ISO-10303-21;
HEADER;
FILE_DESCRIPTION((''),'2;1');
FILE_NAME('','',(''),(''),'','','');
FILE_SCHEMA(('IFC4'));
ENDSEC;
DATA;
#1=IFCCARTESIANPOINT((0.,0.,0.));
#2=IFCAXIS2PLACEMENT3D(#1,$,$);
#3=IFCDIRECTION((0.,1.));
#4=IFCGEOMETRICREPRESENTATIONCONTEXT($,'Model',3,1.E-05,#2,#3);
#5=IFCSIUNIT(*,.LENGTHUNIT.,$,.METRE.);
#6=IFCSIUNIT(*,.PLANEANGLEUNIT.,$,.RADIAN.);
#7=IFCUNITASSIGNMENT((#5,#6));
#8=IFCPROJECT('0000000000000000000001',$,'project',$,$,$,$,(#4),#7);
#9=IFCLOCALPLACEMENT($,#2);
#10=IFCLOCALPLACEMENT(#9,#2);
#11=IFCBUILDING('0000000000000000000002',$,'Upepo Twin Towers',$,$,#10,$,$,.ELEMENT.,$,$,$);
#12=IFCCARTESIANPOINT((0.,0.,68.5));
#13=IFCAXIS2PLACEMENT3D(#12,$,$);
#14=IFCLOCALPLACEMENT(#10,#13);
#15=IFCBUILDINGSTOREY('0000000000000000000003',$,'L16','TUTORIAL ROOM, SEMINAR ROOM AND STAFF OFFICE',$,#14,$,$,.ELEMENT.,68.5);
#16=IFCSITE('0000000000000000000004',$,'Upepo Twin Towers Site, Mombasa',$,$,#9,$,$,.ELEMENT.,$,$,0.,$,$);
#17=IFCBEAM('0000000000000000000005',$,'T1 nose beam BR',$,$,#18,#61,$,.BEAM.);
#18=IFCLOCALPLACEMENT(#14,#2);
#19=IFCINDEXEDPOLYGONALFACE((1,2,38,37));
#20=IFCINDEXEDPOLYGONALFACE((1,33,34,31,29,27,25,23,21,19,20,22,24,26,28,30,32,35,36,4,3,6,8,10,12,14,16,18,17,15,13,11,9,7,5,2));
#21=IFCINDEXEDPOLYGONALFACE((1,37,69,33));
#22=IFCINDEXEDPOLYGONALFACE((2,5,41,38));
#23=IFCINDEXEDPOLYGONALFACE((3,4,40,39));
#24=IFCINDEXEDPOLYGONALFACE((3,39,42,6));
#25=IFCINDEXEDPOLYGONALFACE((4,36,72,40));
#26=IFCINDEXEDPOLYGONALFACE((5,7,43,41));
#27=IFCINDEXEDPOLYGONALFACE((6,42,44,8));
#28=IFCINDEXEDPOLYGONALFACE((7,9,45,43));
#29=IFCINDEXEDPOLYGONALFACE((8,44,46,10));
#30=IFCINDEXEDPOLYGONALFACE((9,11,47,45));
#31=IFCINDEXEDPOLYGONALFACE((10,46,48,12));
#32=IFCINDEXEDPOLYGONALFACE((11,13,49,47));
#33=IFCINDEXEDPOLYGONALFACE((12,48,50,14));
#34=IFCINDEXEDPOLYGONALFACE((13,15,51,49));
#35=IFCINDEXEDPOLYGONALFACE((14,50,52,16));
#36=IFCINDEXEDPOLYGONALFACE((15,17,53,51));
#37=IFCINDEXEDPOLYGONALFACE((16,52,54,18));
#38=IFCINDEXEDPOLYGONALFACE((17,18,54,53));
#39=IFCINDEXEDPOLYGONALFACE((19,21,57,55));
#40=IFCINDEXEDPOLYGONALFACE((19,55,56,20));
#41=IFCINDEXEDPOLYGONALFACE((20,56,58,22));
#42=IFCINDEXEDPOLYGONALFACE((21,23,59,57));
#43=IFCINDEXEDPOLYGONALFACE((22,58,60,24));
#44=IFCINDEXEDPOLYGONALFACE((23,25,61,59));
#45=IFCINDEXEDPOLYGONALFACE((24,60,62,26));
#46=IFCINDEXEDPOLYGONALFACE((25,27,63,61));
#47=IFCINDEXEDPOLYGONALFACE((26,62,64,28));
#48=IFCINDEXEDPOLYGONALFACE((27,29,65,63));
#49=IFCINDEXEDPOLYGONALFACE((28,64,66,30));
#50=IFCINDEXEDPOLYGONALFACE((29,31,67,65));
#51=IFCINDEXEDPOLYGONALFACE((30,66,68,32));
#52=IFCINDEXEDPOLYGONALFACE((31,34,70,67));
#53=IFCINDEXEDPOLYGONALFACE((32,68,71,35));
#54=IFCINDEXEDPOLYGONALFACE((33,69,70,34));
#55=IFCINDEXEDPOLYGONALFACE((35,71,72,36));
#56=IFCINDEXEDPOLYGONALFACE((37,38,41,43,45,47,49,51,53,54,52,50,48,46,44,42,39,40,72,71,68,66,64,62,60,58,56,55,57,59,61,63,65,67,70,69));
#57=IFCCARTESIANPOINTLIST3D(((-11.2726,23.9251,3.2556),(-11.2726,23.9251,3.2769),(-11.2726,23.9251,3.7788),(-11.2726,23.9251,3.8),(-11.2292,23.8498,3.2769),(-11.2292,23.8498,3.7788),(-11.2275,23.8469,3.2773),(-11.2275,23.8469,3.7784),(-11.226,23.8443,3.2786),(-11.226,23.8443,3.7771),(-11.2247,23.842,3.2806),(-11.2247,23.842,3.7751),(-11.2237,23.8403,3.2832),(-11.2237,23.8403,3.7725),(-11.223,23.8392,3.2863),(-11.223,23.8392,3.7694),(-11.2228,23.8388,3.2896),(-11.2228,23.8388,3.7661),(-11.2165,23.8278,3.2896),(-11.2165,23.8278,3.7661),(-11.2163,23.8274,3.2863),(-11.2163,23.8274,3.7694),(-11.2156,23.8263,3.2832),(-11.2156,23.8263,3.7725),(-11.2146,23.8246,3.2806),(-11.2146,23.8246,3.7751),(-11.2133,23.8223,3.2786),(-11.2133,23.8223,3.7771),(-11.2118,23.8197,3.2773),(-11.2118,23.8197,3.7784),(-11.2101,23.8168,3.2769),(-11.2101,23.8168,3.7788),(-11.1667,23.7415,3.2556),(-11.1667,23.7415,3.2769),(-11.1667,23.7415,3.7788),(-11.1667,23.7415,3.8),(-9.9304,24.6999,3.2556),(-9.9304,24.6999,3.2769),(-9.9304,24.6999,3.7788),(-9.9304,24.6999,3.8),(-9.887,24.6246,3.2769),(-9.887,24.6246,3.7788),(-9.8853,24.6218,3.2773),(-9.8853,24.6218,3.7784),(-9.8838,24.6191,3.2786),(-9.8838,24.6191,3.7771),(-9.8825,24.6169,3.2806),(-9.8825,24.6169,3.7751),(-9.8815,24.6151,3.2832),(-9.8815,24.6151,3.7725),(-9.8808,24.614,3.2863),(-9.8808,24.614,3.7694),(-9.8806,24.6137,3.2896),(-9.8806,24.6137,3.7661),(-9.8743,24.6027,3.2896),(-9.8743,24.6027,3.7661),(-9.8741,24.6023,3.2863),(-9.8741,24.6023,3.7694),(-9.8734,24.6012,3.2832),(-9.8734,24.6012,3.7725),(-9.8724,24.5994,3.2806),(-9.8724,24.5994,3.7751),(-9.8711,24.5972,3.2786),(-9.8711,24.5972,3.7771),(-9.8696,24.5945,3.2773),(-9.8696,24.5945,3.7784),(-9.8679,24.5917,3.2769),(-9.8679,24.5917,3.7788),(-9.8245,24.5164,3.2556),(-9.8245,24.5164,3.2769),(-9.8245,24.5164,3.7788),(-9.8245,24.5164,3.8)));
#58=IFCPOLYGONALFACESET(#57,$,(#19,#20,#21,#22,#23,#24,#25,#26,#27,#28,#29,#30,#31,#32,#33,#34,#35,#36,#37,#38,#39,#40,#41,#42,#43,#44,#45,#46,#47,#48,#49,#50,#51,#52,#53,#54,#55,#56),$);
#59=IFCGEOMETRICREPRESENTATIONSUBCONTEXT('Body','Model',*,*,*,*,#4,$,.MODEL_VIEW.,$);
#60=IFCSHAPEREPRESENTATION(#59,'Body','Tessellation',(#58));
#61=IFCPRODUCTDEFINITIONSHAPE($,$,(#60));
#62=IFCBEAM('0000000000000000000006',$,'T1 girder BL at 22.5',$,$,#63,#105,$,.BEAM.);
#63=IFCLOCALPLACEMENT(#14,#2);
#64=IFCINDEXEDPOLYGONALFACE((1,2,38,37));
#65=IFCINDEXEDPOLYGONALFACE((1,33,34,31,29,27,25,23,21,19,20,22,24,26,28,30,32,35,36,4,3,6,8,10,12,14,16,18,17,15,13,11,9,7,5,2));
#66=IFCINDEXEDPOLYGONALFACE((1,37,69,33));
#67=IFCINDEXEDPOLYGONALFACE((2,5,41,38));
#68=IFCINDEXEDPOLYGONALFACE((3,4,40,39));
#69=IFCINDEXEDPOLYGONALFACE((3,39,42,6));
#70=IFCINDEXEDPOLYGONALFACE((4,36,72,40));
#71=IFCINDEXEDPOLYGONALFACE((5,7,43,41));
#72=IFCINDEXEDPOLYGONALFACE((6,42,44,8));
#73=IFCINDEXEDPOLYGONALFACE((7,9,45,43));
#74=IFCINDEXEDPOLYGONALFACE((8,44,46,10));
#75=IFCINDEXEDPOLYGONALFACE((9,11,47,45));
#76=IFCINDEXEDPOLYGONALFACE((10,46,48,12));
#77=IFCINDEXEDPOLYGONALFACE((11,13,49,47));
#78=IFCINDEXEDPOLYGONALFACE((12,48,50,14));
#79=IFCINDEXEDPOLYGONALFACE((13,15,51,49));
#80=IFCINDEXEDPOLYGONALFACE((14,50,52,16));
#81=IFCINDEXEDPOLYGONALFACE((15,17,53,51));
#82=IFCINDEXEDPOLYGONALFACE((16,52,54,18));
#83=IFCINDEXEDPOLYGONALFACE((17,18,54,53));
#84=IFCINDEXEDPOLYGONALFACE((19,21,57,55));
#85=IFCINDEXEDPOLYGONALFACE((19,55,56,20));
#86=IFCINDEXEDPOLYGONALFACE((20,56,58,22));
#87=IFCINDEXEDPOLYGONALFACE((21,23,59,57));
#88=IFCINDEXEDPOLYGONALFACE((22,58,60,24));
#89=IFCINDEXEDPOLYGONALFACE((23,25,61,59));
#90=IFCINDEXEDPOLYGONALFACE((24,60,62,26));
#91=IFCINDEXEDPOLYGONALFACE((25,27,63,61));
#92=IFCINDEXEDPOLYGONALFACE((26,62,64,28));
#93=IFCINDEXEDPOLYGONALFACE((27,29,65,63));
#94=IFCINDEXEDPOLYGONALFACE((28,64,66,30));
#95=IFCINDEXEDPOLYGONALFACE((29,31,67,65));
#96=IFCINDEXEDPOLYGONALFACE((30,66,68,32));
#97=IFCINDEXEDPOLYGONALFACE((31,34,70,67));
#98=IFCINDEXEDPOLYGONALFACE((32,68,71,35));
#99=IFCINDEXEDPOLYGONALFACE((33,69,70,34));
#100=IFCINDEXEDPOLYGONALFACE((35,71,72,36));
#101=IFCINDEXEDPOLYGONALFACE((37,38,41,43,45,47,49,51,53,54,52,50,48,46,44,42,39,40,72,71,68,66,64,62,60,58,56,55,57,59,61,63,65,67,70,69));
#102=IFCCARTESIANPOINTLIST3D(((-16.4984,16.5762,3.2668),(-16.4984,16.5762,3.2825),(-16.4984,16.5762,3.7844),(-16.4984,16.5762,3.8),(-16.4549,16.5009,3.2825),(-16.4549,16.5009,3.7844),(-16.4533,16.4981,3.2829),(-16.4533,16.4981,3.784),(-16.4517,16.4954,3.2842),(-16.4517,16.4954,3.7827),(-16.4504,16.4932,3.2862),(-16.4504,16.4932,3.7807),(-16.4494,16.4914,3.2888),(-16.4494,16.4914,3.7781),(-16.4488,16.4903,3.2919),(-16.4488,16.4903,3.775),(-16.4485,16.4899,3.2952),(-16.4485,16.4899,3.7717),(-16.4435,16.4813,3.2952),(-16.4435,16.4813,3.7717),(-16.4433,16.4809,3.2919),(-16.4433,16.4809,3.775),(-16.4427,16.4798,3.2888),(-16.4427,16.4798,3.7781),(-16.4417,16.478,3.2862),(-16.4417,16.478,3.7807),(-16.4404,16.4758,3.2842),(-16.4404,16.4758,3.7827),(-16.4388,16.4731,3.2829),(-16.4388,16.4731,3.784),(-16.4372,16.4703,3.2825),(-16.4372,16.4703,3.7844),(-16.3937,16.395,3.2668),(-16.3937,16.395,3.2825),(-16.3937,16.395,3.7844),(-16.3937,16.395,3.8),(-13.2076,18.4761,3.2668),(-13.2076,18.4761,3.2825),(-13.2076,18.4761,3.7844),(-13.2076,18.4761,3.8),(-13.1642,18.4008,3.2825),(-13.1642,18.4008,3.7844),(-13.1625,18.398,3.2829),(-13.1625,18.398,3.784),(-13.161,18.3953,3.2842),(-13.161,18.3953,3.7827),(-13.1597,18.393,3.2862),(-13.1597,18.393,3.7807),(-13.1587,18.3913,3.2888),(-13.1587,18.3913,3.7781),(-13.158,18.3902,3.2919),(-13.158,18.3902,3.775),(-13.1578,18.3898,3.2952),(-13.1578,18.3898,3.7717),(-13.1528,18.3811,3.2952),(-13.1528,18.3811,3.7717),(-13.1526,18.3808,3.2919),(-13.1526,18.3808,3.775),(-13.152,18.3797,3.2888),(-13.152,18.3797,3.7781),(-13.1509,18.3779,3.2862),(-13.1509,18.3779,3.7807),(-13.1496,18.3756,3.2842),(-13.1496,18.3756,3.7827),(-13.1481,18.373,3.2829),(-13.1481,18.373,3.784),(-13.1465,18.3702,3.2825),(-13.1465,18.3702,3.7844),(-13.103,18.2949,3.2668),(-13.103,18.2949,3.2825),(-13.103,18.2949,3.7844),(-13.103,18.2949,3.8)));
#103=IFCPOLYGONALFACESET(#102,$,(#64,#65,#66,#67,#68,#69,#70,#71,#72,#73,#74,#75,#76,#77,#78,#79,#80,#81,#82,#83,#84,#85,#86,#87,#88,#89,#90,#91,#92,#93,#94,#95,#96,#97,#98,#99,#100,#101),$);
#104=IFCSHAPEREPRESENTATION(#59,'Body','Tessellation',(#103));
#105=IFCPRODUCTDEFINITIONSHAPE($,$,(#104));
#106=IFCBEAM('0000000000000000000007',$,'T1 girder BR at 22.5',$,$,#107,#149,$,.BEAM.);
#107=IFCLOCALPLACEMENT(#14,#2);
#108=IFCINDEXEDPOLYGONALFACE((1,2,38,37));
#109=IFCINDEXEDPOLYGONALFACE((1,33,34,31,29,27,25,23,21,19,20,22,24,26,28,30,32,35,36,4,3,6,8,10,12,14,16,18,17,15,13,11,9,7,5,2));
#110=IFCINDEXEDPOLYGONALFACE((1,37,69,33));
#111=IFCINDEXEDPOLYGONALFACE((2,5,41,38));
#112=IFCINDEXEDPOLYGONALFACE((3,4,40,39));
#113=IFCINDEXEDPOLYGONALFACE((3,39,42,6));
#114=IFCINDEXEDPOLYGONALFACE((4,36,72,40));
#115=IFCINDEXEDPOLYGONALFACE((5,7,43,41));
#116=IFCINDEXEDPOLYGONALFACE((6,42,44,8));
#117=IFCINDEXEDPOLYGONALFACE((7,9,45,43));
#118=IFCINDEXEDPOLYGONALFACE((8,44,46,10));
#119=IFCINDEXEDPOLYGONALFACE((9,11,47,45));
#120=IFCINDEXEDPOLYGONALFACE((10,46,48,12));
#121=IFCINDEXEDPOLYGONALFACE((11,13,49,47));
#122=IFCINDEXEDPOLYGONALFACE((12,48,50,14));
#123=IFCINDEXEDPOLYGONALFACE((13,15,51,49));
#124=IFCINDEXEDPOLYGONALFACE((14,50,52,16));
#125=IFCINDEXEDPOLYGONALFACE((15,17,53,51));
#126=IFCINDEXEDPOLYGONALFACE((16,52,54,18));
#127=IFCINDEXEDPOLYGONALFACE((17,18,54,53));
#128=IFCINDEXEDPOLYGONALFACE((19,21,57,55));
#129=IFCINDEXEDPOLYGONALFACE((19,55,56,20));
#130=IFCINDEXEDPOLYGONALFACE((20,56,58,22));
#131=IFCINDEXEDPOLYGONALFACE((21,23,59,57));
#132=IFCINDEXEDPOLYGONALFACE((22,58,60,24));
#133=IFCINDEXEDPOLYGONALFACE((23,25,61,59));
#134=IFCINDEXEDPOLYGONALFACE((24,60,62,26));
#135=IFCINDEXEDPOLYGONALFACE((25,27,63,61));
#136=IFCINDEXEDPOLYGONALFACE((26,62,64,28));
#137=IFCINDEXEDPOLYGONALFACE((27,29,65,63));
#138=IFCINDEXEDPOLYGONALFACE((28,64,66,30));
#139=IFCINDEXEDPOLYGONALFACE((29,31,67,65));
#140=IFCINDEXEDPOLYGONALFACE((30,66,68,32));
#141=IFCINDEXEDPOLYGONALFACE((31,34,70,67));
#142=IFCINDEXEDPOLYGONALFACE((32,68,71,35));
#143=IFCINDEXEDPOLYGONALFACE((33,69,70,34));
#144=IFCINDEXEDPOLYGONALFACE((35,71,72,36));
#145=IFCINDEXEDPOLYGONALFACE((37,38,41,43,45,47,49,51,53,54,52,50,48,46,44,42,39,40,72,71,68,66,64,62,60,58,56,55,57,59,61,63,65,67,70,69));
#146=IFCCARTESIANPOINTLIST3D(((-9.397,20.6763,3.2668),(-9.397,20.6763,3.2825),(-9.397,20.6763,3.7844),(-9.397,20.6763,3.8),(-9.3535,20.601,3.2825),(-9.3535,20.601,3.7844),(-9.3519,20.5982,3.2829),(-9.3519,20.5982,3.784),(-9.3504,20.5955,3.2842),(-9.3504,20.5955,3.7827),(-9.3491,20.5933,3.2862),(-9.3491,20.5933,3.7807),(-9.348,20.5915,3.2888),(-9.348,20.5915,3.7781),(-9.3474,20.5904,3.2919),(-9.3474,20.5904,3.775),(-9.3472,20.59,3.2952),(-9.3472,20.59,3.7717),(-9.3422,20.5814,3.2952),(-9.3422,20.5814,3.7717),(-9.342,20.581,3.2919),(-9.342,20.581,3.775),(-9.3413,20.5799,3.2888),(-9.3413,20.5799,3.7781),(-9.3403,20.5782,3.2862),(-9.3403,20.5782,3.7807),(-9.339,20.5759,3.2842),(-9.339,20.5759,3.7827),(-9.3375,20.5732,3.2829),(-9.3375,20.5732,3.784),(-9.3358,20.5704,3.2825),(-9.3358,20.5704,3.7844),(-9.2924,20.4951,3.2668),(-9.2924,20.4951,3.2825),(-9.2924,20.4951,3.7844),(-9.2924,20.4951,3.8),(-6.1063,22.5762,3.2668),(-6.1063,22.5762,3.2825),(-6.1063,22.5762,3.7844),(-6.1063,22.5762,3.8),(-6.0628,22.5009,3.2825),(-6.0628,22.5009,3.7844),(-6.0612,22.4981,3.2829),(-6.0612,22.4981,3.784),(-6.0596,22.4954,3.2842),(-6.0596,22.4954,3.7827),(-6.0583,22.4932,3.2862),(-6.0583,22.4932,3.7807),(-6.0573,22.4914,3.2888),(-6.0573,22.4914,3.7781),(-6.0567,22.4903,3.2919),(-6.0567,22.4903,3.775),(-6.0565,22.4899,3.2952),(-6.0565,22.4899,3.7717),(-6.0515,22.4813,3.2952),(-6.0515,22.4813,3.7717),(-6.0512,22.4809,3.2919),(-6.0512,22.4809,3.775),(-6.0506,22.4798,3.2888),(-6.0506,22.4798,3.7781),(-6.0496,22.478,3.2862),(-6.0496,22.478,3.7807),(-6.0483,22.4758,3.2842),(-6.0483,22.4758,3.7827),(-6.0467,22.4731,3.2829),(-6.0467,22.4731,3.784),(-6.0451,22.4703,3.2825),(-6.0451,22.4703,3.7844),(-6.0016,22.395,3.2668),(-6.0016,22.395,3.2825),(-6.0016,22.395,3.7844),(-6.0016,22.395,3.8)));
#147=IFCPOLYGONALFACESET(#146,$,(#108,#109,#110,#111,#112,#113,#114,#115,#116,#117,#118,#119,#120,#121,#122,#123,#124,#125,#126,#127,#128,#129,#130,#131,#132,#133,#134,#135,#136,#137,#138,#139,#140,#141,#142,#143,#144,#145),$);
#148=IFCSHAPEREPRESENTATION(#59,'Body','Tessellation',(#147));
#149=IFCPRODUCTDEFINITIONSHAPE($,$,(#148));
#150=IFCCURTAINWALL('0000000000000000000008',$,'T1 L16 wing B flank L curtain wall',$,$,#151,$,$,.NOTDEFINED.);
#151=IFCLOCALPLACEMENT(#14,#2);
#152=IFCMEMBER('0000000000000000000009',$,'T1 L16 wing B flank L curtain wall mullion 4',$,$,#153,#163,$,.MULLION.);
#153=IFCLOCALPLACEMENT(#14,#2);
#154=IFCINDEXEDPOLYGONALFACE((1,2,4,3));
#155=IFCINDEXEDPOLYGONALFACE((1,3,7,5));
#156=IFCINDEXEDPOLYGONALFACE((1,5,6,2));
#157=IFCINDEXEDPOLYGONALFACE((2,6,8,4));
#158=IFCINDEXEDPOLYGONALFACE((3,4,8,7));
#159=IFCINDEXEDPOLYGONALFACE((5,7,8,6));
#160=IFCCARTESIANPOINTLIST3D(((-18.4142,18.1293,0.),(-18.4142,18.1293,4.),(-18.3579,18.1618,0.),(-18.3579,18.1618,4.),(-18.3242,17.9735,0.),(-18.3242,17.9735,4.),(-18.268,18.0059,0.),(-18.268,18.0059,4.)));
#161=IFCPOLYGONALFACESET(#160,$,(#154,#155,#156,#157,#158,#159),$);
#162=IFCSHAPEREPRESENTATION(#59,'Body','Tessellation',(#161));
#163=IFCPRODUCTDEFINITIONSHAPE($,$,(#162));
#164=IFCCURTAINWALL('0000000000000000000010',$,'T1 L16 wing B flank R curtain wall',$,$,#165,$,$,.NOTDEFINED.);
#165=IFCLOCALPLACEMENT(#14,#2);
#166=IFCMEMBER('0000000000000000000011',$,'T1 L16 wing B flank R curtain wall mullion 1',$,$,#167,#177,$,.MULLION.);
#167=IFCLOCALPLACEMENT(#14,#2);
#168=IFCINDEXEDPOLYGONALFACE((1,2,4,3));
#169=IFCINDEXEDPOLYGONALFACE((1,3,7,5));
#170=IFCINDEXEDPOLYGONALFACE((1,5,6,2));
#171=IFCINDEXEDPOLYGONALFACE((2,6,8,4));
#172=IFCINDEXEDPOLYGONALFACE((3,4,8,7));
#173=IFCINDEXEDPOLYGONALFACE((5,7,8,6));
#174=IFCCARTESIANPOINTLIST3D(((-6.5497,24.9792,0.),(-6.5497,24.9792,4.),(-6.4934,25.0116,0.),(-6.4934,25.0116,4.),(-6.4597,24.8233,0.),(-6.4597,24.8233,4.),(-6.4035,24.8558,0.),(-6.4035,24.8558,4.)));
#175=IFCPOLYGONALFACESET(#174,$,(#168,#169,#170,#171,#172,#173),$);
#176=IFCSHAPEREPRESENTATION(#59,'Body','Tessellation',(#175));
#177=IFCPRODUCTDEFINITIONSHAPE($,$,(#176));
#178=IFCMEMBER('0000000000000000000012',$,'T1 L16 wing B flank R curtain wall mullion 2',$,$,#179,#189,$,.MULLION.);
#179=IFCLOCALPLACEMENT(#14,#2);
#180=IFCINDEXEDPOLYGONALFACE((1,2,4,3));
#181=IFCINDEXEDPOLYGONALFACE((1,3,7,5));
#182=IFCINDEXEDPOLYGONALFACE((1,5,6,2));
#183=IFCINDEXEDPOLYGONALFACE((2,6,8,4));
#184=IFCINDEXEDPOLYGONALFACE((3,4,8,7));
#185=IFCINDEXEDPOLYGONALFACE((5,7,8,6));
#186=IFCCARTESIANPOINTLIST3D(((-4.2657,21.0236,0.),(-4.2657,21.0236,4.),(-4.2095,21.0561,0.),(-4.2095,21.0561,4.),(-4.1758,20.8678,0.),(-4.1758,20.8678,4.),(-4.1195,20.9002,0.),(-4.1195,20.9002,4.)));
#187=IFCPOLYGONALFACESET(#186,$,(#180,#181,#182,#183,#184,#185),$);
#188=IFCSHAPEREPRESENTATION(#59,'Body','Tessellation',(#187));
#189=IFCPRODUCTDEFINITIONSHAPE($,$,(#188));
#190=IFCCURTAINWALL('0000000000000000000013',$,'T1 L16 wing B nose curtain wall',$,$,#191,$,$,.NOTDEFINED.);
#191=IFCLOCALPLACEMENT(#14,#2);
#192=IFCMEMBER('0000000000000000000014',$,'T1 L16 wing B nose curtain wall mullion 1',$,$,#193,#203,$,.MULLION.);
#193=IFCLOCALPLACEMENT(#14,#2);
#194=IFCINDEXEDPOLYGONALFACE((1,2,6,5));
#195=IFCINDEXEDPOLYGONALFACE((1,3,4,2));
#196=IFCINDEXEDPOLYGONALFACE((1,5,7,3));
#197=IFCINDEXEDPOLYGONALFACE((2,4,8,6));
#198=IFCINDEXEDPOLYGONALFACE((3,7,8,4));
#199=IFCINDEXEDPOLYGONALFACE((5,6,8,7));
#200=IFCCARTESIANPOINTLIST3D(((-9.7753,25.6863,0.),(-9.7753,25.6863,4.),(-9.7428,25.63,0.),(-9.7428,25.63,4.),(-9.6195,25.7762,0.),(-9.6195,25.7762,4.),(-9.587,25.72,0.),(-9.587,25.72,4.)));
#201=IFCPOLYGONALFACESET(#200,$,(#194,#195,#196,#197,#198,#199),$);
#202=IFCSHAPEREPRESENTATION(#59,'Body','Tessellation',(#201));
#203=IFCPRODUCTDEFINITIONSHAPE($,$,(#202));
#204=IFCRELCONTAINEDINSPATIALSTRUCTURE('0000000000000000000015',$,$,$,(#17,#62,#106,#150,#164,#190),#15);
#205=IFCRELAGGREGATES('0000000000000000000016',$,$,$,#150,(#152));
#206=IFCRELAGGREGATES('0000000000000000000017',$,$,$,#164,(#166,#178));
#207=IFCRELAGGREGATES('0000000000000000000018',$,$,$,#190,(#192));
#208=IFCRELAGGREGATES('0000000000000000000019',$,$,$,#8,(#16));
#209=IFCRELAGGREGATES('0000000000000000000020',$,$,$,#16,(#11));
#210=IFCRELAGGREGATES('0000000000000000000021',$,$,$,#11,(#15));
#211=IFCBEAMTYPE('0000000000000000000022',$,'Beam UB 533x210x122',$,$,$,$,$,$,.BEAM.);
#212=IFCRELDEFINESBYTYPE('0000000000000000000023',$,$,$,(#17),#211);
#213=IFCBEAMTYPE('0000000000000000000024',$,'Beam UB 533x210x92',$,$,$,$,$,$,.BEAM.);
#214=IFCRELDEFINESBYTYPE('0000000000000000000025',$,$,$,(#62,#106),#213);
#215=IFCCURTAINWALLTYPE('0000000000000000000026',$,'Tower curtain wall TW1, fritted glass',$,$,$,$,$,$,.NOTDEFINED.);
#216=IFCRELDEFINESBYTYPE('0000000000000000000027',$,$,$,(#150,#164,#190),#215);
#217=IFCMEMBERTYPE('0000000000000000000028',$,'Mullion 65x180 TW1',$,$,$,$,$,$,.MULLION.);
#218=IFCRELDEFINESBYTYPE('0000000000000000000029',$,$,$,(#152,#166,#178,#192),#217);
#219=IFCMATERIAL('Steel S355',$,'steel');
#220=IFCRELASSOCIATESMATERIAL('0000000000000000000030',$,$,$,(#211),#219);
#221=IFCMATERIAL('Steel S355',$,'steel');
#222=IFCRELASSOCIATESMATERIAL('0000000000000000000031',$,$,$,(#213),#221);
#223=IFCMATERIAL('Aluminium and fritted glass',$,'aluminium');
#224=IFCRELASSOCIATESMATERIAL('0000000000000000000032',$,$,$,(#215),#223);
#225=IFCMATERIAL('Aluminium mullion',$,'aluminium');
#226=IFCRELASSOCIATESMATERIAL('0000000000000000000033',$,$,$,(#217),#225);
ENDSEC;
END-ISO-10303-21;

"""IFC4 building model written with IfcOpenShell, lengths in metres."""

from ifc_helpers import new_model, si_unit, direction, frame, origin, origin_2d, place, context, subcontext, project, spatial, rectangle, i_section, extrude, material, material_profile, profile_set, type_object, element, aggregate, save


model = new_model("IFC4")

# Units and contexts
model_context = context("Model", 3, precision=1e-05, world=origin(), true_north=direction((0.0, 1.0)))
body_context = subcontext(model_context, "Body", "Model", "MODEL_VIEW")
ifc_project = project(units=[si_unit("LENGTHUNIT", "METRE"), si_unit("PLANEANGLEUNIT", "RADIAN")], contexts=[model_context])

# Site, building, storey
site_placement = place(None, origin())
site = spatial("IfcSite", under=ifc_project, at=site_placement, Name="Upepo Twin Towers Site, Mombasa", CompositionType="ELEMENT", RefElevation=0.0)
building_placement = place(site_placement, origin())
building = spatial("IfcBuilding", under=site, at=building_placement, Name="Upepo Twin Towers", CompositionType="ELEMENT")
storey_placement = place(building_placement, frame((0.0, 0.0, 68.5)))
storey = spatial("IfcBuildingStorey", under=building, at=storey_placement, Name="L16", Description="TUTORIAL ROOM, SEMINAR ROOM AND STAFF OFFICE", CompositionType="ELEMENT", Elevation=68.5)

# Beams
ifc_material_1 = material(Name="Steel S355", Category="steel")
ifc_material_profile_1 = material_profile(ifc_material_1, i_section(OverallWidth=0.2119, OverallDepth=0.5444, WebThickness=0.0127, FlangeThickness=0.0212, FilletRadius=0.0127, at=origin_2d()), Name="UB 533x210x122")
ifc_profile_set_1 = profile_set([ifc_material_profile_1], Name="Steel S355")
beam_type_1 = type_object("IfcBeamType", Name="Beam UB 533x210x122", PredefinedType="BEAM", material=ifc_profile_set_1)
for number, where, z_axis, x_axis, name in (
    (1, (-9.8774, 24.6082, 3.5278), (-0.866044, -0.499968, 0.0), (0.499968, -0.866044, 0.0), "T1 nose beam BR"),
):
    element("IfcBeam", number, at=place(storey_placement, frame(where, z_axis=z_axis, x_axis=x_axis)), inside=storey, type_object=beam_type_1, Name=name, PredefinedType="BEAM", context=body_context, shape_type="SweptSolid", body=[
        extrude(i_section(OverallWidth=0.2119, OverallDepth=0.5444, WebThickness=0.0127, FlangeThickness=0.0212, FilletRadius=0.0127, at=origin_2d()), origin(), (0.0, 0.0, 1.0), 1.5498),
    ])
ifc_material_2 = material(Name="Steel S355", Category="steel")
ifc_material_profile_2 = material_profile(ifc_material_2, i_section(OverallWidth=0.2092, OverallDepth=0.5332, WebThickness=0.01, FlangeThickness=0.0156, FilletRadius=0.0127, at=origin_2d()), Name="UB 533x210x92")
ifc_profile_set_2 = profile_set([ifc_material_profile_2], Name="Steel S355")
beam_type_2 = type_object("IfcBeamType", Name="Beam UB 533x210x92", PredefinedType="BEAM", material=ifc_profile_set_2)
for number, where, z_axis, x_axis, name in (
    (2, (-16.446, 16.4856, 3.5334), (0.866028, 0.499995, 0.0), (-0.499995, 0.866028, 0.0), "T1 girder BL at 22.5"),
    (3, (-6.054, 22.4856, 3.5334), (-0.866028, -0.499995, 0.0), (0.499995, -0.866028, 0.0), "T1 girder BR at 22.5"),
):
    element("IfcBeam", number, at=place(storey_placement, frame(where, z_axis=z_axis, x_axis=x_axis)), inside=storey, type_object=beam_type_2, Name=name, PredefinedType="BEAM", context=body_context, shape_type="SweptSolid", body=[
        extrude(i_section(OverallWidth=0.2092, OverallDepth=0.5332, WebThickness=0.01, FlangeThickness=0.0156, FilletRadius=0.0127, at=origin_2d()), origin(), (0.0, 0.0, 1.0), 3.7998),
    ])

# Curtain wall, member
ifc_material_3 = material(Name="Aluminium and fritted glass", Category="aluminium")
curtain_wall_type = type_object("IfcCurtainWallType", Name="Tower curtain wall TW1, fritted glass", PredefinedType="NOTDEFINED", material=ifc_material_3)
curtain_wall_1_placement = place(storey_placement, origin())
curtain_wall_1 = element("IfcCurtainWall", 4, at=curtain_wall_1_placement, inside=storey, type_object=curtain_wall_type, Name="T1 L16 wing B flank L curtain wall", PredefinedType="NOTDEFINED")
ifc_material_4 = material(Name="Aluminium mullion", Category="aluminium")
ifc_material_profile_3 = material_profile(ifc_material_4, rectangle(XDim=0.0649, YDim=0.1799, at=origin_2d()), Name="MULLION 65x180")
ifc_profile_set_3 = profile_set([ifc_material_profile_3], Name="Aluminium mullion")
member_type_1 = type_object("IfcMemberType", Name="Mullion 65x180 TW1", PredefinedType="MULLION", material=ifc_profile_set_3)
member_1_placement = place(storey_placement, frame((-18.3411, 18.0676, 0.0), z_axis=(0.0, 0.0, 1.0), x_axis=(-0.866025, -0.5, 0.0)))
member_1 = element("IfcMember", 5, at=member_1_placement, type_object=member_type_1, Name="T1 L16 wing B flank L curtain wall mullion 4", PredefinedType="MULLION", context=body_context, shape_type="SweptSolid", body=[
    extrude(rectangle(XDim=0.0649, YDim=0.1799, at=origin_2d()), origin(), (0.0, 0.0, 1.0), 4.0),
])
aggregate(curtain_wall_1, [member_1])

# Curtain walls, members
curtain_wall_2_placement = place(storey_placement, origin())
curtain_wall_2 = element("IfcCurtainWall", 6, at=curtain_wall_2_placement, inside=storey, type_object=curtain_wall_type, Name="T1 L16 wing B flank R curtain wall", PredefinedType="NOTDEFINED")
member_2_placement = place(storey_placement, frame((-6.4766, 24.9175, 0.0), z_axis=(0.0, 0.0, 1.0), x_axis=(0.866025, 0.5, 0.0)))
member_2 = element("IfcMember", 7, at=member_2_placement, type_object=member_type_1, Name="T1 L16 wing B flank R curtain wall mullion 1", PredefinedType="MULLION", context=body_context, shape_type="SweptSolid", body=[
    extrude(rectangle(XDim=0.0649, YDim=0.1799, at=origin_2d()), origin(), (0.0, 0.0, 1.0), 4.0),
])
member_3_placement = place(storey_placement, frame((-4.1926, 20.9619, 0.0), z_axis=(0.0, 0.0, 1.0), x_axis=(0.866025, 0.5, 0.0)))
member_3 = element("IfcMember", 8, at=member_3_placement, type_object=member_type_1, Name="T1 L16 wing B flank R curtain wall mullion 2", PredefinedType="MULLION", context=body_context, shape_type="SweptSolid", body=[
    extrude(rectangle(XDim=0.0649, YDim=0.1799, at=origin_2d()), origin(), (0.0, 0.0, 1.0), 4.0),
])
curtain_wall_3_placement = place(storey_placement, origin())
curtain_wall_3 = element("IfcCurtainWall", 9, at=curtain_wall_3_placement, inside=storey, type_object=curtain_wall_type, Name="T1 L16 wing B nose curtain wall", PredefinedType="NOTDEFINED")
member_4_placement = place(storey_placement, frame((-9.6812, 25.7031, 0.0), z_axis=(0.0, 0.0, 1.0), x_axis=(0.5, -0.866025, 0.0)))
member_4 = element("IfcMember", 10, at=member_4_placement, type_object=member_type_1, Name="T1 L16 wing B nose curtain wall mullion 1", PredefinedType="MULLION", context=body_context, shape_type="SweptSolid", body=[
    extrude(rectangle(XDim=0.0649, YDim=0.1799, at=origin_2d()), origin(), (0.0, 0.0, 1.0), 4.0),
])

aggregate(curtain_wall_2, [member_2, member_3])
aggregate(curtain_wall_3, [member_4])

save(model, "model.ifc")
